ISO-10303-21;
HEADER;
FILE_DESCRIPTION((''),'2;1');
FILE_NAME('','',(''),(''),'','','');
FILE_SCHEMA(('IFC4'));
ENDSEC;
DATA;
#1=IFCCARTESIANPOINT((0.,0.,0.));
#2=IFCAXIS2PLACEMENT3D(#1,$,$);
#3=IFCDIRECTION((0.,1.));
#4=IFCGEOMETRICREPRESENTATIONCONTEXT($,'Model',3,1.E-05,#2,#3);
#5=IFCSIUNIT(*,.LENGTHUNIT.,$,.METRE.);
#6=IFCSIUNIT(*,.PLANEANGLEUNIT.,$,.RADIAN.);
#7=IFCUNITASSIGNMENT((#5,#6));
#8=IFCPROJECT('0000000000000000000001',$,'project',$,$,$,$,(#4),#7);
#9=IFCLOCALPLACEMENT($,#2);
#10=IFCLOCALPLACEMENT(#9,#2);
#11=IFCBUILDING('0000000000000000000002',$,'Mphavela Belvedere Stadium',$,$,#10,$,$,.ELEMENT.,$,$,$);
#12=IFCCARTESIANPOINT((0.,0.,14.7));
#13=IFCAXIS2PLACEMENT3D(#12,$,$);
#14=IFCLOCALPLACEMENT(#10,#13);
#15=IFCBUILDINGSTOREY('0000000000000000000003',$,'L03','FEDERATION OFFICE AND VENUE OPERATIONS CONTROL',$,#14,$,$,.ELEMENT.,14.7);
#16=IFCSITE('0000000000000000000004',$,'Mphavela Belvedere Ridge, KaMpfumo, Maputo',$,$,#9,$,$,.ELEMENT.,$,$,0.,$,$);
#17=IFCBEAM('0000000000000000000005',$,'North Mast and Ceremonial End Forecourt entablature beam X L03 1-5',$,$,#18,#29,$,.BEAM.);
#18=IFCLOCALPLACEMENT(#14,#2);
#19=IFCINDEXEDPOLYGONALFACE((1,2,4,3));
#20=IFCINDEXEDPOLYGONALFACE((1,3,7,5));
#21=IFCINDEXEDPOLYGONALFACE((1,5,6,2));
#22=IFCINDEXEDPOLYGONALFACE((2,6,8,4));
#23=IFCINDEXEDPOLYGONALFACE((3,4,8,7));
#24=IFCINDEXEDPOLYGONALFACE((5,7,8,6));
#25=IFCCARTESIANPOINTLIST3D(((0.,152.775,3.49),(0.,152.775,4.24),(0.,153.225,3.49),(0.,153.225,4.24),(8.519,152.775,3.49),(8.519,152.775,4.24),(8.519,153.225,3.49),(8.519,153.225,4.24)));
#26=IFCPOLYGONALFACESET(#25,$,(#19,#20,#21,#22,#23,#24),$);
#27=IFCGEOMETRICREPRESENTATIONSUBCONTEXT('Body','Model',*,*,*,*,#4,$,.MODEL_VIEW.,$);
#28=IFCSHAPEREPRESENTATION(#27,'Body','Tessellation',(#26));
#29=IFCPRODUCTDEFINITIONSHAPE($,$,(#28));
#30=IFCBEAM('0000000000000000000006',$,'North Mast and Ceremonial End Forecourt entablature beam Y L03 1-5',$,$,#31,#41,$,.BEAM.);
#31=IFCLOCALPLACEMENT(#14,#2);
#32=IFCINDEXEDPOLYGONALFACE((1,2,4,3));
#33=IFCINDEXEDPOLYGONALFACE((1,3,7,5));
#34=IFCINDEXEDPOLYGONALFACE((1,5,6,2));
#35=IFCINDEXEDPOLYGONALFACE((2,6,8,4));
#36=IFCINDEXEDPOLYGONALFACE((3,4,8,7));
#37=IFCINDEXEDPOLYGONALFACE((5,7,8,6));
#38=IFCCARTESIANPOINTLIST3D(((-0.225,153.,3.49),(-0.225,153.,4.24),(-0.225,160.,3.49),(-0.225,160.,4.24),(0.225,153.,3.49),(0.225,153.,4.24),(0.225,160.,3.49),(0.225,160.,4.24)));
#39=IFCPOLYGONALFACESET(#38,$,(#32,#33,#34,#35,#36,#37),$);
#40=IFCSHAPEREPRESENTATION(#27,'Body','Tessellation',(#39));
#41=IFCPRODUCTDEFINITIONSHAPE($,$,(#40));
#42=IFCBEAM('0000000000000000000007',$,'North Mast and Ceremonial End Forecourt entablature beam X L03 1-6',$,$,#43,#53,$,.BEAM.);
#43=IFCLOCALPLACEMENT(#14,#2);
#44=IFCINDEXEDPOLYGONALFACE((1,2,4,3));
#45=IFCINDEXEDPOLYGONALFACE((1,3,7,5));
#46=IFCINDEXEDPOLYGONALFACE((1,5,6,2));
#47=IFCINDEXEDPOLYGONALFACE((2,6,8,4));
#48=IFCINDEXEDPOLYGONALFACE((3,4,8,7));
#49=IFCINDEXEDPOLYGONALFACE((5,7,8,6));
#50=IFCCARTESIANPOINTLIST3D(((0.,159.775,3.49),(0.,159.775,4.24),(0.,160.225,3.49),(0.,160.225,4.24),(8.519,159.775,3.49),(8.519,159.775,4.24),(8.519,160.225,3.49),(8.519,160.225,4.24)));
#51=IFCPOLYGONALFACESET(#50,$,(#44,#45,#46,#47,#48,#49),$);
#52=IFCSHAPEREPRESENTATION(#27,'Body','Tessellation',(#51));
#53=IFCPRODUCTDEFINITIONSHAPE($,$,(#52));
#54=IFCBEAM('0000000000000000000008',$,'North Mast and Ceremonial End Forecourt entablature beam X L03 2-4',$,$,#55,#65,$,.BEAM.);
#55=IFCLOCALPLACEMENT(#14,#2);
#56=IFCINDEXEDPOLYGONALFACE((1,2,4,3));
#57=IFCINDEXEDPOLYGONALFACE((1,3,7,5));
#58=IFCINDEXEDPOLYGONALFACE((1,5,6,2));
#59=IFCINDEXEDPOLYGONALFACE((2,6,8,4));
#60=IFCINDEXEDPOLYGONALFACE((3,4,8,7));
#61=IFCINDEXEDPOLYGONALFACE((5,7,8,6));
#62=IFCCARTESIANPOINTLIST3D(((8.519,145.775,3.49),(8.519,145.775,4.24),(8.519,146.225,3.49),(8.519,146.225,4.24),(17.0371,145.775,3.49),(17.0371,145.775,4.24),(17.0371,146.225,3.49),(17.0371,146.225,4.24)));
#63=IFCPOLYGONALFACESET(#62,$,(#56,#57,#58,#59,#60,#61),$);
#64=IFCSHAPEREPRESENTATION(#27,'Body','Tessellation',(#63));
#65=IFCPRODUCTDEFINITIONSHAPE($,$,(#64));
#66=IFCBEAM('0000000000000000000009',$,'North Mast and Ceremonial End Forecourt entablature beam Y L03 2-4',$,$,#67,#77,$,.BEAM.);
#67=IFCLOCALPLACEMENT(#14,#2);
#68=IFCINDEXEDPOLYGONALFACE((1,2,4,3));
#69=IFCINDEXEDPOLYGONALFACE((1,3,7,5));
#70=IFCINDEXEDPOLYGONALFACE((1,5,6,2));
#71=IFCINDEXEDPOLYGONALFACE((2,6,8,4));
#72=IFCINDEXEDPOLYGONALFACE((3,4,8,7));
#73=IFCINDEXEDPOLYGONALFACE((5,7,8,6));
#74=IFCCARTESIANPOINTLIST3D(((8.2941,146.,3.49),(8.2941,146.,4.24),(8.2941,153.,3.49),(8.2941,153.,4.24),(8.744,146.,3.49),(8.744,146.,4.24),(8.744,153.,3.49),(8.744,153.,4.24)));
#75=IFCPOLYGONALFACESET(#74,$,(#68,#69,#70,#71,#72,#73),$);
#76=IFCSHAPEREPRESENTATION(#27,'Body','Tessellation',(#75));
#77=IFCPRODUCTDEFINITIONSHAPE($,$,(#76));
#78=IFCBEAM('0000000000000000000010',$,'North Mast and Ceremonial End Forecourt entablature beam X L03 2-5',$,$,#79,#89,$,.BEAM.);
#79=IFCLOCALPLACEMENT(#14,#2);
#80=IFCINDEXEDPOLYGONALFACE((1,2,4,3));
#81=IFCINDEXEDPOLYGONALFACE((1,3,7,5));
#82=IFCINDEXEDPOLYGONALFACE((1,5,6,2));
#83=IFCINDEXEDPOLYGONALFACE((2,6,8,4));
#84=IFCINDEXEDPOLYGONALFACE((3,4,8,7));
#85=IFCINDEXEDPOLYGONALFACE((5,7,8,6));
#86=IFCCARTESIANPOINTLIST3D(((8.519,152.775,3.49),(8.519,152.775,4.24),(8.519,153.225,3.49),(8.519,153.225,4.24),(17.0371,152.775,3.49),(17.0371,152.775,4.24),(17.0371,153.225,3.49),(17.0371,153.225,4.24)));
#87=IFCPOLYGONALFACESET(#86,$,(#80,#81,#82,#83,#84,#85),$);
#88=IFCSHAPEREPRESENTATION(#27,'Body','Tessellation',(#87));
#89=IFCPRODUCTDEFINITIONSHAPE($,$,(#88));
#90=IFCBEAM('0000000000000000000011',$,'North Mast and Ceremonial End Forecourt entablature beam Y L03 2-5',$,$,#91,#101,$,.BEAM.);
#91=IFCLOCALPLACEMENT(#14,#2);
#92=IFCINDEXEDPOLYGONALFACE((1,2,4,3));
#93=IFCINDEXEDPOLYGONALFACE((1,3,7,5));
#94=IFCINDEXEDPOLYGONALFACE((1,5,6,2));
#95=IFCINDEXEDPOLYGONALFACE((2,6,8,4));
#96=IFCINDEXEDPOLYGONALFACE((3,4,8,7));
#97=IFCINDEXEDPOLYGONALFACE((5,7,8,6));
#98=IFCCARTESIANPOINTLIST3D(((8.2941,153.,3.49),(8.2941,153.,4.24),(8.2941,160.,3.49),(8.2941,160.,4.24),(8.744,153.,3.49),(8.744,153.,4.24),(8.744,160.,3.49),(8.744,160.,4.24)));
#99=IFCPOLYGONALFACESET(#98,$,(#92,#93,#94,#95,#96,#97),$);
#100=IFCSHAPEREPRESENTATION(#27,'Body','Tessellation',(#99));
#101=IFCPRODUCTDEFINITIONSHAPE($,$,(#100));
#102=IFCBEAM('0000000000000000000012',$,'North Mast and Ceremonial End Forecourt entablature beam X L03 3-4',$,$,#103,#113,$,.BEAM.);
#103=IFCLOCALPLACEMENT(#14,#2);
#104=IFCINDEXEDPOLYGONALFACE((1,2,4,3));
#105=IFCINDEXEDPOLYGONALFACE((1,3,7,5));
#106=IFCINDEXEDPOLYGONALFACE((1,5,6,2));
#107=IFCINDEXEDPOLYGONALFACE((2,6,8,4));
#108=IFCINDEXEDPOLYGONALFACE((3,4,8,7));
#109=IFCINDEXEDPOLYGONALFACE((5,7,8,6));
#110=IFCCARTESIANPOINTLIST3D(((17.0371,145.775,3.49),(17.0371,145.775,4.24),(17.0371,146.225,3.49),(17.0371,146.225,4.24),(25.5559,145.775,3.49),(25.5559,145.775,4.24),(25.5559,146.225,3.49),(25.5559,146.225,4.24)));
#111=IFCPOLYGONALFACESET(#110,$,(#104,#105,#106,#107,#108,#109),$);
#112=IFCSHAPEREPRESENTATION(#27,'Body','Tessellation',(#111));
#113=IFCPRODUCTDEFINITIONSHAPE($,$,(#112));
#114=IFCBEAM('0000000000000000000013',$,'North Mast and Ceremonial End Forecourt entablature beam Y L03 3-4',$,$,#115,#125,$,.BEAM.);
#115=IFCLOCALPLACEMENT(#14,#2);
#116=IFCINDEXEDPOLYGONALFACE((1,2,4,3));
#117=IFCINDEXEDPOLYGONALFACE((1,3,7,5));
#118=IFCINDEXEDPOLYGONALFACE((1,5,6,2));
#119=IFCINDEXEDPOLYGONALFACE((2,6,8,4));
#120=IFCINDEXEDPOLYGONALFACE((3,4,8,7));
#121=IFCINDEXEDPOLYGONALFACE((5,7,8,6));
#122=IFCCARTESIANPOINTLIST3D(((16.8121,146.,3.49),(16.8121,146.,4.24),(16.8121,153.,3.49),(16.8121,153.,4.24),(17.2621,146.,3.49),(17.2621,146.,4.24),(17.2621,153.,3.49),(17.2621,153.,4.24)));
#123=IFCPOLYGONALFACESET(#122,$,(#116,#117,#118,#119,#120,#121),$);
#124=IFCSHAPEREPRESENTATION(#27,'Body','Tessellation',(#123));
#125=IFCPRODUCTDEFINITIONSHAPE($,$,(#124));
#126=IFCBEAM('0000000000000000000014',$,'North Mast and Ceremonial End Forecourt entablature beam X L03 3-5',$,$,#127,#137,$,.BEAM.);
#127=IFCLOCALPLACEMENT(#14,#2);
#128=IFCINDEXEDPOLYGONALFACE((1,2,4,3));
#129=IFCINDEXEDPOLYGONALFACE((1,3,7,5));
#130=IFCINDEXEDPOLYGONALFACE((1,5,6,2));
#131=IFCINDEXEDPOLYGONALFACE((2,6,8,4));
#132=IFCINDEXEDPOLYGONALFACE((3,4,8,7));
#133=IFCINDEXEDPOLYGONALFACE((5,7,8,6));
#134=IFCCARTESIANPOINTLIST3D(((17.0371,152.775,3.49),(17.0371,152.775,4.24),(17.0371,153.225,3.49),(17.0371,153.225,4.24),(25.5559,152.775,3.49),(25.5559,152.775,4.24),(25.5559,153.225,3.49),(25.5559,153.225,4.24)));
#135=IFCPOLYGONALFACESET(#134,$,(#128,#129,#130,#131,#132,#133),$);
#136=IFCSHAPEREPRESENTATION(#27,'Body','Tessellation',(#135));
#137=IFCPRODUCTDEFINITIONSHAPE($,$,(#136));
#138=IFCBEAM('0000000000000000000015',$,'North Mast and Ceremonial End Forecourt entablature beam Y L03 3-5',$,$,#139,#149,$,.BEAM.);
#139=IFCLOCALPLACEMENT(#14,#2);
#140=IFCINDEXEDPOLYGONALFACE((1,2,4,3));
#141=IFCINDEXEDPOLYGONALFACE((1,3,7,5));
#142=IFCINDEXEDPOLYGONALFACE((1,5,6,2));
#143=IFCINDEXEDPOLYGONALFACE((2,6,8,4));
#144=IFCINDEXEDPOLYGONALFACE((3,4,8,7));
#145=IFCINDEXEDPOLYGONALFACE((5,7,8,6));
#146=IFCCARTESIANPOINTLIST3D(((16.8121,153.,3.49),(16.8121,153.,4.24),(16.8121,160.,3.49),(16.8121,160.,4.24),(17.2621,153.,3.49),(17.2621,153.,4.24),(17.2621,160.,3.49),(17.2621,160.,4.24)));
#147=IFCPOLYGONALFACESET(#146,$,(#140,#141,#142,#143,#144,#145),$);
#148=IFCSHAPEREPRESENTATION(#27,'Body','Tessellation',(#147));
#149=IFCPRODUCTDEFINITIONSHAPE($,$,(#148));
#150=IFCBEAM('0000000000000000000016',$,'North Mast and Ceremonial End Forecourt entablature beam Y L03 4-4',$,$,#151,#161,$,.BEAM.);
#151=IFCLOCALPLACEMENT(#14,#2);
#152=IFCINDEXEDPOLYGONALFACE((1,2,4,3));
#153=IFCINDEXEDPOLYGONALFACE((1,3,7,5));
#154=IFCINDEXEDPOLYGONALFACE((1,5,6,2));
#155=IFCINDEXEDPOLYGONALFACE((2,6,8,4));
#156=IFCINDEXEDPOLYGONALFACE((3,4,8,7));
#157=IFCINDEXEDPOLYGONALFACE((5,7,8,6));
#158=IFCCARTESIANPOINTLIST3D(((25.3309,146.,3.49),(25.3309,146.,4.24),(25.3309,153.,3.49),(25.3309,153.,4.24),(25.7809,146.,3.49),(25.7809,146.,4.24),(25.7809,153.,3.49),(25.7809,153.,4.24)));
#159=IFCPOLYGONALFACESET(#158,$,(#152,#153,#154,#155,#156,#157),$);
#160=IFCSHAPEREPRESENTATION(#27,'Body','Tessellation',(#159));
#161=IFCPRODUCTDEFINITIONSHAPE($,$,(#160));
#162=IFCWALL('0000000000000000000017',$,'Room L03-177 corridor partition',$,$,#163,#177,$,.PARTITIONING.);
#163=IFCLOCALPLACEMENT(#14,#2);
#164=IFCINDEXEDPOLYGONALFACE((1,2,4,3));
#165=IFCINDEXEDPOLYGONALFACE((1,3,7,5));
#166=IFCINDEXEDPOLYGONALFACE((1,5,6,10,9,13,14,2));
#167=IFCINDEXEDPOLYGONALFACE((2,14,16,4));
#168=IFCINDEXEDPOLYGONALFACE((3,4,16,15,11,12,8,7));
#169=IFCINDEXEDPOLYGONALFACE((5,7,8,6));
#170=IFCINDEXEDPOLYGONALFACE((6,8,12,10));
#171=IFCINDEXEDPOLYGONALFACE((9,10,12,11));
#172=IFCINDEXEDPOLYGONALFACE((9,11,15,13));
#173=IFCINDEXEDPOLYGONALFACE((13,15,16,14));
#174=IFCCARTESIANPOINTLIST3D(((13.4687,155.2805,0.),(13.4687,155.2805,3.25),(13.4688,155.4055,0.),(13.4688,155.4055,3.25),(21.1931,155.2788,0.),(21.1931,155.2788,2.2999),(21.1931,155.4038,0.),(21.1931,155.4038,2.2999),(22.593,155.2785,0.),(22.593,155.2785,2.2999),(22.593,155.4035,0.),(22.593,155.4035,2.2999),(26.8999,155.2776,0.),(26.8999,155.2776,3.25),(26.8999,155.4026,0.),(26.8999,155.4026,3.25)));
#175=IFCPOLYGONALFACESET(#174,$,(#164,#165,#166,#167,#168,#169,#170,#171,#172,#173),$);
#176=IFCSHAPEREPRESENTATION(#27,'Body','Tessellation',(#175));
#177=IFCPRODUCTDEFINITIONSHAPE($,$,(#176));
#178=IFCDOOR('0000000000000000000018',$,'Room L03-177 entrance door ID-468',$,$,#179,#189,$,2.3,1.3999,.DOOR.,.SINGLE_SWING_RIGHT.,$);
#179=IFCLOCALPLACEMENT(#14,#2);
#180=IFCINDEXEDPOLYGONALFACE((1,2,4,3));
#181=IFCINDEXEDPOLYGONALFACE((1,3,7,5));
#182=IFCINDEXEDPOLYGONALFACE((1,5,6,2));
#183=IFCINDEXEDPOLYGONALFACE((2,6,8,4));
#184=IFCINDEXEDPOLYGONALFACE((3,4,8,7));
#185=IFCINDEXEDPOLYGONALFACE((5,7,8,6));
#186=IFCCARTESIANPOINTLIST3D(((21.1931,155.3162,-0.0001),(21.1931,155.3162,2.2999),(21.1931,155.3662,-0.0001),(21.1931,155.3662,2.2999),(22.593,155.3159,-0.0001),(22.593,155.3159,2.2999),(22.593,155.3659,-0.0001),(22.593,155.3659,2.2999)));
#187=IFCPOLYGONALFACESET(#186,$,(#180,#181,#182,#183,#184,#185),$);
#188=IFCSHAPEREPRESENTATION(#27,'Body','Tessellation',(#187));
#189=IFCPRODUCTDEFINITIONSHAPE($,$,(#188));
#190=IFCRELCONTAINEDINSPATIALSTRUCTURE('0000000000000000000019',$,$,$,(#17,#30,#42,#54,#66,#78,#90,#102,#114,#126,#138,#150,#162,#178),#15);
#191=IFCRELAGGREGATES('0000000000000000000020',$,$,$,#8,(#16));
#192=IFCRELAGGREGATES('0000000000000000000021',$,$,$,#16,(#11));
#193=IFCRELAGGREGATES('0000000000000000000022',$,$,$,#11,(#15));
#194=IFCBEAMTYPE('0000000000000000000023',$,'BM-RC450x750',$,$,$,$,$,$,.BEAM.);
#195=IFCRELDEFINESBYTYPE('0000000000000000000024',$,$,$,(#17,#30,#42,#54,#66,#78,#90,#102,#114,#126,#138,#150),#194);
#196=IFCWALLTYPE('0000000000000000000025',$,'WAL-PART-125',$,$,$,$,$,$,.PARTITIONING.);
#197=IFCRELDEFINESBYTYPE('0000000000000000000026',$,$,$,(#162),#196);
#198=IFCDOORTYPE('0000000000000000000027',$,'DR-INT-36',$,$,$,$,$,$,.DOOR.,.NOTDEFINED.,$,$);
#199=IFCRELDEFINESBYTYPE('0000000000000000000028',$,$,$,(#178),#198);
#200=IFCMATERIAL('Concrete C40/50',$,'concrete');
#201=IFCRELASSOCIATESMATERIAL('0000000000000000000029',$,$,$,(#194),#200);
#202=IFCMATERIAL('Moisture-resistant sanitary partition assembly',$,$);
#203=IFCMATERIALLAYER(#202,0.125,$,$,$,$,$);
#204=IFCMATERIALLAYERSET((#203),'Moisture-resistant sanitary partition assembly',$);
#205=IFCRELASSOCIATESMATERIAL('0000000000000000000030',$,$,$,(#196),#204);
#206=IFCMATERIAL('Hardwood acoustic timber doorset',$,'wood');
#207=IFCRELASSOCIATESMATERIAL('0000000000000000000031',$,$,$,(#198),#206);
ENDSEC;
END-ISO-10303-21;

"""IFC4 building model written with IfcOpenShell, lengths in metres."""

from ifc_helpers import new_model, si_unit, direction, frame, frame_2d, origin, origin_2d, place, context, subcontext, project, spatial, rectangle, extrude, material, layer, layer_set, material_profile, profile_set, type_object, element, fill, save


model = new_model("IFC4")

# Units and contexts
model_context = context("Model", 3, precision=1e-05, world=origin(), true_north=direction((0.0, 1.0)))
body_context = subcontext(model_context, "Body", "Model", "MODEL_VIEW")
ifc_project = project(units=[si_unit("LENGTHUNIT", "METRE"), si_unit("PLANEANGLEUNIT", "RADIAN")], contexts=[model_context])

# Site, building, storey
site_placement = place(None, origin())
site = spatial("IfcSite", under=ifc_project, at=site_placement, Name="Mphavela Belvedere Ridge, KaMpfumo, Maputo", CompositionType="ELEMENT", RefElevation=0.0)
building_placement = place(site_placement, origin())
building = spatial("IfcBuilding", under=site, at=building_placement, Name="Mphavela Belvedere Stadium", CompositionType="ELEMENT")
storey_placement = place(building_placement, frame((0.0, 0.0, 14.7)))
storey = spatial("IfcBuildingStorey", under=building, at=storey_placement, Name="L03", Description="FEDERATION OFFICE AND VENUE OPERATIONS CONTROL", CompositionType="ELEMENT", Elevation=14.7)

# Beams
ifc_material_1 = material(Name="Concrete C40/50", Category="concrete")
ifc_material_profile_1 = material_profile(ifc_material_1, rectangle(XDim=0.45, YDim=0.75, at=origin_2d()), Name="RC 450x750")
ifc_profile_set_1 = profile_set([ifc_material_profile_1], Name="Concrete C40/50")
beam_type_1 = type_object("IfcBeamType", Name="BM-RC450x750", PredefinedType="BEAM", material=ifc_profile_set_1)
beam_1_placement = place(storey_placement, frame((0.0, 153.0, 3.865), z_axis=(1.0, 0.0, 0.0), x_axis=(0.0, 1.0, 0.0)))
element("IfcBeam", 1, at=beam_1_placement, inside=storey, type_object=beam_type_1, Name="North Mast and Ceremonial End Forecourt entablature beam X L03 1-5", PredefinedType="BEAM", context=body_context, shape_type="SweptSolid", body=[
    extrude(rectangle(XDim=0.45, YDim=0.75, at=origin_2d()), origin(), (0.0, 0.0, 1.0), 8.519),
])
beam_2_placement = place(storey_placement, frame((0.0, 153.0, 3.865), z_axis=(0.0, 1.0, 0.0), x_axis=(-1.0, 0.0, 0.0)))
element("IfcBeam", 2, at=beam_2_placement, inside=storey, type_object=beam_type_1, Name="North Mast and Ceremonial End Forecourt entablature beam Y L03 1-5", PredefinedType="BEAM", context=body_context, shape_type="SweptSolid", body=[
    extrude(rectangle(XDim=0.45, YDim=0.75, at=origin_2d()), origin(), (0.0, 0.0, 1.0), 7.0),
])
beam_3_placement = place(storey_placement, frame((0.0, 160.0, 3.865), z_axis=(1.0, 0.0, 0.0), x_axis=(0.0, 1.0, 0.0)))
element("IfcBeam", 3, at=beam_3_placement, inside=storey, type_object=beam_type_1, Name="North Mast and Ceremonial End Forecourt entablature beam X L03 1-6", PredefinedType="BEAM", context=body_context, shape_type="SweptSolid", body=[
    extrude(rectangle(XDim=0.45, YDim=0.75, at=origin_2d()), origin(), (0.0, 0.0, 1.0), 8.519),
])
beam_4_placement = place(storey_placement, frame((8.519, 146.0, 3.865), z_axis=(1.0, 0.0, 0.0), x_axis=(0.0, 1.0, 0.0)))
element("IfcBeam", 4, at=beam_4_placement, inside=storey, type_object=beam_type_1, Name="North Mast and Ceremonial End Forecourt entablature beam X L03 2-4", PredefinedType="BEAM", context=body_context, shape_type="SweptSolid", body=[
    extrude(rectangle(XDim=0.45, YDim=0.75, at=origin_2d()), origin(), (0.0, 0.0, 1.0), 8.5181),
])
beam_5_placement = place(storey_placement, frame((8.519, 146.0, 3.865), z_axis=(0.0, 1.0, 0.0), x_axis=(-1.0, 0.0, 0.0)))
element("IfcBeam", 5, at=beam_5_placement, inside=storey, type_object=beam_type_1, Name="North Mast and Ceremonial End Forecourt entablature beam Y L03 2-4", PredefinedType="BEAM", context=body_context, shape_type="SweptSolid", body=[
    extrude(rectangle(XDim=0.45, YDim=0.75, at=origin_2d()), origin(), (0.0, 0.0, 1.0), 7.0),
])
beam_6_placement = place(storey_placement, frame((8.519, 153.0, 3.865), z_axis=(1.0, 0.0, 0.0), x_axis=(0.0, 1.0, 0.0)))
element("IfcBeam", 6, at=beam_6_placement, inside=storey, type_object=beam_type_1, Name="North Mast and Ceremonial End Forecourt entablature beam X L03 2-5", PredefinedType="BEAM", context=body_context, shape_type="SweptSolid", body=[
    extrude(rectangle(XDim=0.45, YDim=0.75, at=origin_2d()), origin(), (0.0, 0.0, 1.0), 8.5181),
])
beam_7_placement = place(storey_placement, frame((8.519, 153.0, 3.865), z_axis=(0.0, 1.0, 0.0), x_axis=(-1.0, 0.0, 0.0)))
element("IfcBeam", 7, at=beam_7_placement, inside=storey, type_object=beam_type_1, Name="North Mast and Ceremonial End Forecourt entablature beam Y L03 2-5", PredefinedType="BEAM", context=body_context, shape_type="SweptSolid", body=[
    extrude(rectangle(XDim=0.45, YDim=0.75, at=origin_2d()), origin(), (0.0, 0.0, 1.0), 7.0),
])
beam_8_placement = place(storey_placement, frame((17.0371, 146.0, 3.865), z_axis=(1.0, 0.0, 0.0), x_axis=(0.0, 1.0, 0.0)))
element("IfcBeam", 8, at=beam_8_placement, inside=storey, type_object=beam_type_1, Name="North Mast and Ceremonial End Forecourt entablature beam X L03 3-4", PredefinedType="BEAM", context=body_context, shape_type="SweptSolid", body=[
    extrude(rectangle(XDim=0.45, YDim=0.75, at=origin_2d()), origin(), (0.0, 0.0, 1.0), 8.5188),
])
beam_9_placement = place(storey_placement, frame((17.0371, 146.0, 3.865), z_axis=(0.0, 1.0, 0.0), x_axis=(-1.0, 0.0, 0.0)))
element("IfcBeam", 9, at=beam_9_placement, inside=storey, type_object=beam_type_1, Name="North Mast and Ceremonial End Forecourt entablature beam Y L03 3-4", PredefinedType="BEAM", context=body_context, shape_type="SweptSolid", body=[
    extrude(rectangle(XDim=0.45, YDim=0.75, at=origin_2d()), origin(), (0.0, 0.0, 1.0), 7.0),
])
beam_10_placement = place(storey_placement, frame((17.0371, 153.0, 3.865), z_axis=(1.0, 0.0, 0.0), x_axis=(0.0, 1.0, 0.0)))
element("IfcBeam", 10, at=beam_10_placement, inside=storey, type_object=beam_type_1, Name="North Mast and Ceremonial End Forecourt entablature beam X L03 3-5", PredefinedType="BEAM", context=body_context, shape_type="SweptSolid", body=[
    extrude(rectangle(XDim=0.45, YDim=0.75, at=origin_2d()), origin(), (0.0, 0.0, 1.0), 8.5188),
])
for number, where, z_axis, x_axis, name in (
    (11, (17.0371, 153.0, 3.865), (0.0, 1.0, 0.0), (-1.0, 0.0, 0.0), "North Mast and Ceremonial End Forecourt entablature beam Y L03 3-5"),
    (12, (25.5559, 146.0, 3.865), (0.0, 1.0, 0.0), (-1.0, 0.0, 0.0), "North Mast and Ceremonial End Forecourt entablature beam Y L03 4-4"),
):
    element("IfcBeam", number, at=place(storey_placement, frame(where, z_axis=z_axis, x_axis=x_axis)), inside=storey, type_object=beam_type_1, Name=name, PredefinedType="BEAM", context=body_context, shape_type="SweptSolid", body=[
        extrude(rectangle(XDim=0.45, YDim=0.75, at=origin_2d()), origin(), (0.0, 0.0, 1.0), 7.0),
    ])

# Wall, opening, door
ifc_material_2 = material(Name="Moisture-resistant sanitary partition assembly")
ifc_layer_1 = layer(ifc_material_2, 0.125)
ifc_layer_set_1 = layer_set([ifc_layer_1], Name="Moisture-resistant sanitary partition assembly")
wall_type_1 = type_object("IfcWallType", Name="WAL-PART-125", PredefinedType="PARTITIONING", material=ifc_layer_set_1)
wall_1_placement = place(storey_placement, frame((13.4688, 155.343, 0.0), z_axis=(0.0, 0.0, 1.0), x_axis=(1.0, -0.000218, 0.0)))
wall_1 = element("IfcWall", 13, at=wall_1_placement, inside=storey, type_object=wall_type_1, Name="Room L03-177 corridor partition", PredefinedType="PARTITIONING", context=body_context, shape_type="SweptSolid", body=[
    extrude(rectangle(XDim=13.4312, YDim=0.125, at=frame_2d((6.7156, 0.0))), origin(), (0.0, 0.0, 1.0), 3.25),
])
opening_placement = place(wall_1_placement, frame((7.7244, 0.0, 0.0)))
opening = element("IfcOpeningElement", 14, at=opening_placement, cuts=wall_1, PredefinedType="OPENING", context=body_context, shape_type="SweptSolid", body=[
    extrude(rectangle(XDim=1.3999, YDim=2.3, at=frame_2d((0.7, 1.1499))), frame((0.0, 0.0725, 0.0), z_axis=(0.0, -1.0, 0.0), x_axis=(1.0, 0.0, 0.0)), (0.0, 0.0, 1.0), 0.145),
])
ifc_material_3 = material(Name="Hardwood acoustic timber doorset", Category="wood")
door_type = type_object("IfcDoorType", Name="DR-INT-36", OperationType="NOTDEFINED", PredefinedType="DOOR", material=ifc_material_3)
door_placement = place(opening_placement, origin())
door = element("IfcDoor", 15, at=door_placement, inside=storey, type_object=door_type, Name="Room L03-177 entrance door ID-468", OperationType="SINGLE_SWING_RIGHT", OverallHeight=2.3, OverallWidth=1.3999, PredefinedType="DOOR", context=body_context, shape_type="SweptSolid", body=[
    extrude(rectangle(XDim=1.3999, YDim=2.3, at=frame_2d((0.7, 1.1499))), frame((0.0, 0.0249, 0.0), z_axis=(0.0, -1.0, 0.0), x_axis=(1.0, 0.0, 0.0)), (0.0, 0.0, 1.0), 0.05),
])
fill(opening, door)

save(model, "model.ifc")
